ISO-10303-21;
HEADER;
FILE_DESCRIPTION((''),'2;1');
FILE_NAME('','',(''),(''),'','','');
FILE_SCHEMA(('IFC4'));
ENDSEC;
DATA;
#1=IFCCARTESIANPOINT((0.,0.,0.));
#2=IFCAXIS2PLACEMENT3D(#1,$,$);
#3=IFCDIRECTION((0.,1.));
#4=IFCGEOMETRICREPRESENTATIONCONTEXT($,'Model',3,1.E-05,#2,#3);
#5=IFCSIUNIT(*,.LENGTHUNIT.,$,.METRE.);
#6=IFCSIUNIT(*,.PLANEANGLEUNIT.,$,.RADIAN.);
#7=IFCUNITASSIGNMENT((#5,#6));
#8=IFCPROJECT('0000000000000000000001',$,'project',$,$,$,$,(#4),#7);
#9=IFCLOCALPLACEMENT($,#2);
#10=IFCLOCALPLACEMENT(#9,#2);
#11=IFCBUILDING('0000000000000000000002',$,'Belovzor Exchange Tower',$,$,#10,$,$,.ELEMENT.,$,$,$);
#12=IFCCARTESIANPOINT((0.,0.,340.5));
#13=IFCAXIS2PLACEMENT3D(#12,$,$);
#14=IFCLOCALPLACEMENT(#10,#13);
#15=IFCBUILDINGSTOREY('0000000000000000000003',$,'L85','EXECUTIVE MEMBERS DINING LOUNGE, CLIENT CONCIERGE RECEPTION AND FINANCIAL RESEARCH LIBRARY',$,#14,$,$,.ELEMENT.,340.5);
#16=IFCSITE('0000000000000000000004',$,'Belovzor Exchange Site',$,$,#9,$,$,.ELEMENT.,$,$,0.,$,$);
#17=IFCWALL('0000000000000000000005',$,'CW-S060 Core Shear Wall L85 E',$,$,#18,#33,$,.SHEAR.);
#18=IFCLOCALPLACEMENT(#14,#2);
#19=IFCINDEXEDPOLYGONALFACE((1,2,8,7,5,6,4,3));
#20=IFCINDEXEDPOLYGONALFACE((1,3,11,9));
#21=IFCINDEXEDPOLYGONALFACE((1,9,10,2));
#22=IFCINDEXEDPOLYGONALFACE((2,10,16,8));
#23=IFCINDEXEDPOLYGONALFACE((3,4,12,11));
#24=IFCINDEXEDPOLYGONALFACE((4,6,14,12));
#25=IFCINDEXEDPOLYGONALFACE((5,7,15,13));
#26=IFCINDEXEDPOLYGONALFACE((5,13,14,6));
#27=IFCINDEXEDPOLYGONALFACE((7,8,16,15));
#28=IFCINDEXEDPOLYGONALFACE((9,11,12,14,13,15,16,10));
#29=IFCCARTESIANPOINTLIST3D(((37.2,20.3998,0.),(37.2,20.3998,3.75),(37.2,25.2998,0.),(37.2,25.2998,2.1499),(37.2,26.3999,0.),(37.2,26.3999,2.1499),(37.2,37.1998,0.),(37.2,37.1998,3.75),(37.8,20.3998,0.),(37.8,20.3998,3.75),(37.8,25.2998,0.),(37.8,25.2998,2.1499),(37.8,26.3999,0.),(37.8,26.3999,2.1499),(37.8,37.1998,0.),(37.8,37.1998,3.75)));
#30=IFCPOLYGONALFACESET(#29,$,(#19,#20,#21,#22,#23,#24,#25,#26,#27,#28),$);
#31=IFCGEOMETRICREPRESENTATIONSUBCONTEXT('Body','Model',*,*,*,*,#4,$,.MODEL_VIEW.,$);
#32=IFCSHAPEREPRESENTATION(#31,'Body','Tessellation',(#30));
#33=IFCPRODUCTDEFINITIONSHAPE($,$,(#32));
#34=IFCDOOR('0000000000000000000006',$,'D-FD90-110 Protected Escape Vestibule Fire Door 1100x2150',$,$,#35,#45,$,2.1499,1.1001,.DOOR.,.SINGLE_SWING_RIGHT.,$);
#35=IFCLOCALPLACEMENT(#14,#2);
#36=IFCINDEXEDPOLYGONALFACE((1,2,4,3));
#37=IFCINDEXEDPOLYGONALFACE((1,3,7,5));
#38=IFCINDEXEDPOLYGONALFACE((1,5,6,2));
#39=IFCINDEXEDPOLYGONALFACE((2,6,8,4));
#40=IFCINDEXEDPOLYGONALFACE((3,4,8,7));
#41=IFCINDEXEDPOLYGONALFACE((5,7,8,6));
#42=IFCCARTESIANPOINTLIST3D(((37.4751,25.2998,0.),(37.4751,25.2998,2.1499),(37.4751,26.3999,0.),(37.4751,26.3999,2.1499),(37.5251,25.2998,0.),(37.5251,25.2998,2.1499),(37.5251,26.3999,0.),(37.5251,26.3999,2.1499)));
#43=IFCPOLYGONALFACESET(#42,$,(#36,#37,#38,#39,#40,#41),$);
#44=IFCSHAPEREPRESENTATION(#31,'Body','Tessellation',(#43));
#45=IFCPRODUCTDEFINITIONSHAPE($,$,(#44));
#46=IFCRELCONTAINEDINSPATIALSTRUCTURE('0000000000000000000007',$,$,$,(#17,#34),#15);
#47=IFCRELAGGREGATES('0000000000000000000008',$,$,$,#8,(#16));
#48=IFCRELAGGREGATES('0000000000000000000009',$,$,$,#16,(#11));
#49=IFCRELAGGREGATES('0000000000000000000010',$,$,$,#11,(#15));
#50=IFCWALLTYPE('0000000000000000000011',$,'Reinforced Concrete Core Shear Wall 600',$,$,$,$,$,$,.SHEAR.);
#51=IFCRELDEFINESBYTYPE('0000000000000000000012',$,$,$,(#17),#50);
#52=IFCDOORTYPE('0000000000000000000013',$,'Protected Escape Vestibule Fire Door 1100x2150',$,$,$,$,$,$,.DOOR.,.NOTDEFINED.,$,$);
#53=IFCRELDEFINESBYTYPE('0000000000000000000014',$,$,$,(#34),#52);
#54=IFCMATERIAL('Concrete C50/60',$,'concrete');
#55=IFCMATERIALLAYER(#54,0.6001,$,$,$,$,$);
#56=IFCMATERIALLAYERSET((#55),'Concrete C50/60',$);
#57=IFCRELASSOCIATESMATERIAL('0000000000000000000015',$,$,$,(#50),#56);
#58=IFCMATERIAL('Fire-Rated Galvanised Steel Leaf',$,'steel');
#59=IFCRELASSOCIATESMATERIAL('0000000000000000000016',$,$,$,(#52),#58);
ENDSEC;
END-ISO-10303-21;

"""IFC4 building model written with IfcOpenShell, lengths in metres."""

from ifc_helpers import new_model, si_unit, direction, frame, frame_2d, origin, place, context, subcontext, project, spatial, rectangle, extrude, material, layer, layer_set, type_object, element, fill, save


model = new_model("IFC4")

# Units and contexts
model_context = context("Model", 3, precision=1e-05, world=origin(), true_north=direction((0.0, 1.0)))
body_context = subcontext(model_context, "Body", "Model", "MODEL_VIEW")
ifc_project = project(units=[si_unit("LENGTHUNIT", "METRE"), si_unit("PLANEANGLEUNIT", "RADIAN")], contexts=[model_context])

# Site, building, storey
site_placement = place(None, origin())
site = spatial("IfcSite", under=ifc_project, at=site_placement, Name="Belovzor Exchange Site", CompositionType="ELEMENT", RefElevation=0.0)
building_placement = place(site_placement, origin())
building = spatial("IfcBuilding", under=site, at=building_placement, Name="Belovzor Exchange Tower", CompositionType="ELEMENT")
storey_placement = place(building_placement, frame((0.0, 0.0, 340.5)))
storey = spatial("IfcBuildingStorey", under=building, at=storey_placement, Name="L85", Description="EXECUTIVE MEMBERS DINING LOUNGE, CLIENT CONCIERGE RECEPTION AND FINANCIAL RESEARCH LIBRARY", CompositionType="ELEMENT", Elevation=340.5)

# Wall, opening, door
ifc_material_1 = material(Name="Concrete C50/60", Category="concrete")
ifc_layer_1 = layer(ifc_material_1, 0.6001)
ifc_layer_set_1 = layer_set([ifc_layer_1], Name="Concrete C50/60")
wall_type_1 = type_object("IfcWallType", Name="Reinforced Concrete Core Shear Wall 600", PredefinedType="SHEAR", material=ifc_layer_set_1)
wall_1_placement = place(storey_placement, frame((37.5, 20.3999, 0.0), z_axis=(0.0, 0.0, 1.0), x_axis=(0.0, 1.0, 0.0)))
wall_1 = element("IfcWall", 1, at=wall_1_placement, inside=storey, type_object=wall_type_1, Name="CW-S060 Core Shear Wall L85 E", PredefinedType="SHEAR", context=body_context, shape_type="SweptSolid", body=[
    extrude(rectangle(XDim=16.8, YDim=0.6001, at=frame_2d((8.3999, 0.0))), origin(), (0.0, 0.0, 1.0), 3.75),
])
opening_1_placement = place(wall_1_placement, frame((4.8999, 0.0, 0.0)))
opening_1 = element("IfcOpeningElement", 2, at=opening_1_placement, cuts=wall_1, PredefinedType="OPENING", context=body_context, shape_type="SweptSolid", body=[
    extrude(rectangle(XDim=1.1001, YDim=2.1499, at=frame_2d((0.55, 1.075))), frame((0.0, 0.3101, 0.0), z_axis=(0.0, -1.0, 0.0), x_axis=(1.0, 0.0, 0.0)), (0.0, 0.0, 1.0), 0.6201),
])
ifc_material_2 = material(Name="Fire-Rated Galvanised Steel Leaf", Category="steel")
door_type_1 = type_object("IfcDoorType", Name="Protected Escape Vestibule Fire Door 1100x2150", OperationType="NOTDEFINED", PredefinedType="DOOR", material=ifc_material_2)
door_1_placement = place(opening_1_placement, origin())
door_1 = element("IfcDoor", 3, at=door_1_placement, inside=storey, type_object=door_type_1, Name="D-FD90-110 Protected Escape Vestibule Fire Door 1100x2150", OperationType="SINGLE_SWING_RIGHT", OverallHeight=2.1499, OverallWidth=1.1001, PredefinedType="DOOR", context=body_context, shape_type="SweptSolid", body=[
    extrude(rectangle(XDim=1.1001, YDim=2.1499, at=frame_2d((0.55, 1.075))), frame((0.0, 0.0249, 0.0), z_axis=(0.0, -1.0, 0.0), x_axis=(1.0, 0.0, 0.0)), (0.0, 0.0, 1.0), 0.05),
])
fill(opening_1, door_1)

save(model, "model.ifc")
